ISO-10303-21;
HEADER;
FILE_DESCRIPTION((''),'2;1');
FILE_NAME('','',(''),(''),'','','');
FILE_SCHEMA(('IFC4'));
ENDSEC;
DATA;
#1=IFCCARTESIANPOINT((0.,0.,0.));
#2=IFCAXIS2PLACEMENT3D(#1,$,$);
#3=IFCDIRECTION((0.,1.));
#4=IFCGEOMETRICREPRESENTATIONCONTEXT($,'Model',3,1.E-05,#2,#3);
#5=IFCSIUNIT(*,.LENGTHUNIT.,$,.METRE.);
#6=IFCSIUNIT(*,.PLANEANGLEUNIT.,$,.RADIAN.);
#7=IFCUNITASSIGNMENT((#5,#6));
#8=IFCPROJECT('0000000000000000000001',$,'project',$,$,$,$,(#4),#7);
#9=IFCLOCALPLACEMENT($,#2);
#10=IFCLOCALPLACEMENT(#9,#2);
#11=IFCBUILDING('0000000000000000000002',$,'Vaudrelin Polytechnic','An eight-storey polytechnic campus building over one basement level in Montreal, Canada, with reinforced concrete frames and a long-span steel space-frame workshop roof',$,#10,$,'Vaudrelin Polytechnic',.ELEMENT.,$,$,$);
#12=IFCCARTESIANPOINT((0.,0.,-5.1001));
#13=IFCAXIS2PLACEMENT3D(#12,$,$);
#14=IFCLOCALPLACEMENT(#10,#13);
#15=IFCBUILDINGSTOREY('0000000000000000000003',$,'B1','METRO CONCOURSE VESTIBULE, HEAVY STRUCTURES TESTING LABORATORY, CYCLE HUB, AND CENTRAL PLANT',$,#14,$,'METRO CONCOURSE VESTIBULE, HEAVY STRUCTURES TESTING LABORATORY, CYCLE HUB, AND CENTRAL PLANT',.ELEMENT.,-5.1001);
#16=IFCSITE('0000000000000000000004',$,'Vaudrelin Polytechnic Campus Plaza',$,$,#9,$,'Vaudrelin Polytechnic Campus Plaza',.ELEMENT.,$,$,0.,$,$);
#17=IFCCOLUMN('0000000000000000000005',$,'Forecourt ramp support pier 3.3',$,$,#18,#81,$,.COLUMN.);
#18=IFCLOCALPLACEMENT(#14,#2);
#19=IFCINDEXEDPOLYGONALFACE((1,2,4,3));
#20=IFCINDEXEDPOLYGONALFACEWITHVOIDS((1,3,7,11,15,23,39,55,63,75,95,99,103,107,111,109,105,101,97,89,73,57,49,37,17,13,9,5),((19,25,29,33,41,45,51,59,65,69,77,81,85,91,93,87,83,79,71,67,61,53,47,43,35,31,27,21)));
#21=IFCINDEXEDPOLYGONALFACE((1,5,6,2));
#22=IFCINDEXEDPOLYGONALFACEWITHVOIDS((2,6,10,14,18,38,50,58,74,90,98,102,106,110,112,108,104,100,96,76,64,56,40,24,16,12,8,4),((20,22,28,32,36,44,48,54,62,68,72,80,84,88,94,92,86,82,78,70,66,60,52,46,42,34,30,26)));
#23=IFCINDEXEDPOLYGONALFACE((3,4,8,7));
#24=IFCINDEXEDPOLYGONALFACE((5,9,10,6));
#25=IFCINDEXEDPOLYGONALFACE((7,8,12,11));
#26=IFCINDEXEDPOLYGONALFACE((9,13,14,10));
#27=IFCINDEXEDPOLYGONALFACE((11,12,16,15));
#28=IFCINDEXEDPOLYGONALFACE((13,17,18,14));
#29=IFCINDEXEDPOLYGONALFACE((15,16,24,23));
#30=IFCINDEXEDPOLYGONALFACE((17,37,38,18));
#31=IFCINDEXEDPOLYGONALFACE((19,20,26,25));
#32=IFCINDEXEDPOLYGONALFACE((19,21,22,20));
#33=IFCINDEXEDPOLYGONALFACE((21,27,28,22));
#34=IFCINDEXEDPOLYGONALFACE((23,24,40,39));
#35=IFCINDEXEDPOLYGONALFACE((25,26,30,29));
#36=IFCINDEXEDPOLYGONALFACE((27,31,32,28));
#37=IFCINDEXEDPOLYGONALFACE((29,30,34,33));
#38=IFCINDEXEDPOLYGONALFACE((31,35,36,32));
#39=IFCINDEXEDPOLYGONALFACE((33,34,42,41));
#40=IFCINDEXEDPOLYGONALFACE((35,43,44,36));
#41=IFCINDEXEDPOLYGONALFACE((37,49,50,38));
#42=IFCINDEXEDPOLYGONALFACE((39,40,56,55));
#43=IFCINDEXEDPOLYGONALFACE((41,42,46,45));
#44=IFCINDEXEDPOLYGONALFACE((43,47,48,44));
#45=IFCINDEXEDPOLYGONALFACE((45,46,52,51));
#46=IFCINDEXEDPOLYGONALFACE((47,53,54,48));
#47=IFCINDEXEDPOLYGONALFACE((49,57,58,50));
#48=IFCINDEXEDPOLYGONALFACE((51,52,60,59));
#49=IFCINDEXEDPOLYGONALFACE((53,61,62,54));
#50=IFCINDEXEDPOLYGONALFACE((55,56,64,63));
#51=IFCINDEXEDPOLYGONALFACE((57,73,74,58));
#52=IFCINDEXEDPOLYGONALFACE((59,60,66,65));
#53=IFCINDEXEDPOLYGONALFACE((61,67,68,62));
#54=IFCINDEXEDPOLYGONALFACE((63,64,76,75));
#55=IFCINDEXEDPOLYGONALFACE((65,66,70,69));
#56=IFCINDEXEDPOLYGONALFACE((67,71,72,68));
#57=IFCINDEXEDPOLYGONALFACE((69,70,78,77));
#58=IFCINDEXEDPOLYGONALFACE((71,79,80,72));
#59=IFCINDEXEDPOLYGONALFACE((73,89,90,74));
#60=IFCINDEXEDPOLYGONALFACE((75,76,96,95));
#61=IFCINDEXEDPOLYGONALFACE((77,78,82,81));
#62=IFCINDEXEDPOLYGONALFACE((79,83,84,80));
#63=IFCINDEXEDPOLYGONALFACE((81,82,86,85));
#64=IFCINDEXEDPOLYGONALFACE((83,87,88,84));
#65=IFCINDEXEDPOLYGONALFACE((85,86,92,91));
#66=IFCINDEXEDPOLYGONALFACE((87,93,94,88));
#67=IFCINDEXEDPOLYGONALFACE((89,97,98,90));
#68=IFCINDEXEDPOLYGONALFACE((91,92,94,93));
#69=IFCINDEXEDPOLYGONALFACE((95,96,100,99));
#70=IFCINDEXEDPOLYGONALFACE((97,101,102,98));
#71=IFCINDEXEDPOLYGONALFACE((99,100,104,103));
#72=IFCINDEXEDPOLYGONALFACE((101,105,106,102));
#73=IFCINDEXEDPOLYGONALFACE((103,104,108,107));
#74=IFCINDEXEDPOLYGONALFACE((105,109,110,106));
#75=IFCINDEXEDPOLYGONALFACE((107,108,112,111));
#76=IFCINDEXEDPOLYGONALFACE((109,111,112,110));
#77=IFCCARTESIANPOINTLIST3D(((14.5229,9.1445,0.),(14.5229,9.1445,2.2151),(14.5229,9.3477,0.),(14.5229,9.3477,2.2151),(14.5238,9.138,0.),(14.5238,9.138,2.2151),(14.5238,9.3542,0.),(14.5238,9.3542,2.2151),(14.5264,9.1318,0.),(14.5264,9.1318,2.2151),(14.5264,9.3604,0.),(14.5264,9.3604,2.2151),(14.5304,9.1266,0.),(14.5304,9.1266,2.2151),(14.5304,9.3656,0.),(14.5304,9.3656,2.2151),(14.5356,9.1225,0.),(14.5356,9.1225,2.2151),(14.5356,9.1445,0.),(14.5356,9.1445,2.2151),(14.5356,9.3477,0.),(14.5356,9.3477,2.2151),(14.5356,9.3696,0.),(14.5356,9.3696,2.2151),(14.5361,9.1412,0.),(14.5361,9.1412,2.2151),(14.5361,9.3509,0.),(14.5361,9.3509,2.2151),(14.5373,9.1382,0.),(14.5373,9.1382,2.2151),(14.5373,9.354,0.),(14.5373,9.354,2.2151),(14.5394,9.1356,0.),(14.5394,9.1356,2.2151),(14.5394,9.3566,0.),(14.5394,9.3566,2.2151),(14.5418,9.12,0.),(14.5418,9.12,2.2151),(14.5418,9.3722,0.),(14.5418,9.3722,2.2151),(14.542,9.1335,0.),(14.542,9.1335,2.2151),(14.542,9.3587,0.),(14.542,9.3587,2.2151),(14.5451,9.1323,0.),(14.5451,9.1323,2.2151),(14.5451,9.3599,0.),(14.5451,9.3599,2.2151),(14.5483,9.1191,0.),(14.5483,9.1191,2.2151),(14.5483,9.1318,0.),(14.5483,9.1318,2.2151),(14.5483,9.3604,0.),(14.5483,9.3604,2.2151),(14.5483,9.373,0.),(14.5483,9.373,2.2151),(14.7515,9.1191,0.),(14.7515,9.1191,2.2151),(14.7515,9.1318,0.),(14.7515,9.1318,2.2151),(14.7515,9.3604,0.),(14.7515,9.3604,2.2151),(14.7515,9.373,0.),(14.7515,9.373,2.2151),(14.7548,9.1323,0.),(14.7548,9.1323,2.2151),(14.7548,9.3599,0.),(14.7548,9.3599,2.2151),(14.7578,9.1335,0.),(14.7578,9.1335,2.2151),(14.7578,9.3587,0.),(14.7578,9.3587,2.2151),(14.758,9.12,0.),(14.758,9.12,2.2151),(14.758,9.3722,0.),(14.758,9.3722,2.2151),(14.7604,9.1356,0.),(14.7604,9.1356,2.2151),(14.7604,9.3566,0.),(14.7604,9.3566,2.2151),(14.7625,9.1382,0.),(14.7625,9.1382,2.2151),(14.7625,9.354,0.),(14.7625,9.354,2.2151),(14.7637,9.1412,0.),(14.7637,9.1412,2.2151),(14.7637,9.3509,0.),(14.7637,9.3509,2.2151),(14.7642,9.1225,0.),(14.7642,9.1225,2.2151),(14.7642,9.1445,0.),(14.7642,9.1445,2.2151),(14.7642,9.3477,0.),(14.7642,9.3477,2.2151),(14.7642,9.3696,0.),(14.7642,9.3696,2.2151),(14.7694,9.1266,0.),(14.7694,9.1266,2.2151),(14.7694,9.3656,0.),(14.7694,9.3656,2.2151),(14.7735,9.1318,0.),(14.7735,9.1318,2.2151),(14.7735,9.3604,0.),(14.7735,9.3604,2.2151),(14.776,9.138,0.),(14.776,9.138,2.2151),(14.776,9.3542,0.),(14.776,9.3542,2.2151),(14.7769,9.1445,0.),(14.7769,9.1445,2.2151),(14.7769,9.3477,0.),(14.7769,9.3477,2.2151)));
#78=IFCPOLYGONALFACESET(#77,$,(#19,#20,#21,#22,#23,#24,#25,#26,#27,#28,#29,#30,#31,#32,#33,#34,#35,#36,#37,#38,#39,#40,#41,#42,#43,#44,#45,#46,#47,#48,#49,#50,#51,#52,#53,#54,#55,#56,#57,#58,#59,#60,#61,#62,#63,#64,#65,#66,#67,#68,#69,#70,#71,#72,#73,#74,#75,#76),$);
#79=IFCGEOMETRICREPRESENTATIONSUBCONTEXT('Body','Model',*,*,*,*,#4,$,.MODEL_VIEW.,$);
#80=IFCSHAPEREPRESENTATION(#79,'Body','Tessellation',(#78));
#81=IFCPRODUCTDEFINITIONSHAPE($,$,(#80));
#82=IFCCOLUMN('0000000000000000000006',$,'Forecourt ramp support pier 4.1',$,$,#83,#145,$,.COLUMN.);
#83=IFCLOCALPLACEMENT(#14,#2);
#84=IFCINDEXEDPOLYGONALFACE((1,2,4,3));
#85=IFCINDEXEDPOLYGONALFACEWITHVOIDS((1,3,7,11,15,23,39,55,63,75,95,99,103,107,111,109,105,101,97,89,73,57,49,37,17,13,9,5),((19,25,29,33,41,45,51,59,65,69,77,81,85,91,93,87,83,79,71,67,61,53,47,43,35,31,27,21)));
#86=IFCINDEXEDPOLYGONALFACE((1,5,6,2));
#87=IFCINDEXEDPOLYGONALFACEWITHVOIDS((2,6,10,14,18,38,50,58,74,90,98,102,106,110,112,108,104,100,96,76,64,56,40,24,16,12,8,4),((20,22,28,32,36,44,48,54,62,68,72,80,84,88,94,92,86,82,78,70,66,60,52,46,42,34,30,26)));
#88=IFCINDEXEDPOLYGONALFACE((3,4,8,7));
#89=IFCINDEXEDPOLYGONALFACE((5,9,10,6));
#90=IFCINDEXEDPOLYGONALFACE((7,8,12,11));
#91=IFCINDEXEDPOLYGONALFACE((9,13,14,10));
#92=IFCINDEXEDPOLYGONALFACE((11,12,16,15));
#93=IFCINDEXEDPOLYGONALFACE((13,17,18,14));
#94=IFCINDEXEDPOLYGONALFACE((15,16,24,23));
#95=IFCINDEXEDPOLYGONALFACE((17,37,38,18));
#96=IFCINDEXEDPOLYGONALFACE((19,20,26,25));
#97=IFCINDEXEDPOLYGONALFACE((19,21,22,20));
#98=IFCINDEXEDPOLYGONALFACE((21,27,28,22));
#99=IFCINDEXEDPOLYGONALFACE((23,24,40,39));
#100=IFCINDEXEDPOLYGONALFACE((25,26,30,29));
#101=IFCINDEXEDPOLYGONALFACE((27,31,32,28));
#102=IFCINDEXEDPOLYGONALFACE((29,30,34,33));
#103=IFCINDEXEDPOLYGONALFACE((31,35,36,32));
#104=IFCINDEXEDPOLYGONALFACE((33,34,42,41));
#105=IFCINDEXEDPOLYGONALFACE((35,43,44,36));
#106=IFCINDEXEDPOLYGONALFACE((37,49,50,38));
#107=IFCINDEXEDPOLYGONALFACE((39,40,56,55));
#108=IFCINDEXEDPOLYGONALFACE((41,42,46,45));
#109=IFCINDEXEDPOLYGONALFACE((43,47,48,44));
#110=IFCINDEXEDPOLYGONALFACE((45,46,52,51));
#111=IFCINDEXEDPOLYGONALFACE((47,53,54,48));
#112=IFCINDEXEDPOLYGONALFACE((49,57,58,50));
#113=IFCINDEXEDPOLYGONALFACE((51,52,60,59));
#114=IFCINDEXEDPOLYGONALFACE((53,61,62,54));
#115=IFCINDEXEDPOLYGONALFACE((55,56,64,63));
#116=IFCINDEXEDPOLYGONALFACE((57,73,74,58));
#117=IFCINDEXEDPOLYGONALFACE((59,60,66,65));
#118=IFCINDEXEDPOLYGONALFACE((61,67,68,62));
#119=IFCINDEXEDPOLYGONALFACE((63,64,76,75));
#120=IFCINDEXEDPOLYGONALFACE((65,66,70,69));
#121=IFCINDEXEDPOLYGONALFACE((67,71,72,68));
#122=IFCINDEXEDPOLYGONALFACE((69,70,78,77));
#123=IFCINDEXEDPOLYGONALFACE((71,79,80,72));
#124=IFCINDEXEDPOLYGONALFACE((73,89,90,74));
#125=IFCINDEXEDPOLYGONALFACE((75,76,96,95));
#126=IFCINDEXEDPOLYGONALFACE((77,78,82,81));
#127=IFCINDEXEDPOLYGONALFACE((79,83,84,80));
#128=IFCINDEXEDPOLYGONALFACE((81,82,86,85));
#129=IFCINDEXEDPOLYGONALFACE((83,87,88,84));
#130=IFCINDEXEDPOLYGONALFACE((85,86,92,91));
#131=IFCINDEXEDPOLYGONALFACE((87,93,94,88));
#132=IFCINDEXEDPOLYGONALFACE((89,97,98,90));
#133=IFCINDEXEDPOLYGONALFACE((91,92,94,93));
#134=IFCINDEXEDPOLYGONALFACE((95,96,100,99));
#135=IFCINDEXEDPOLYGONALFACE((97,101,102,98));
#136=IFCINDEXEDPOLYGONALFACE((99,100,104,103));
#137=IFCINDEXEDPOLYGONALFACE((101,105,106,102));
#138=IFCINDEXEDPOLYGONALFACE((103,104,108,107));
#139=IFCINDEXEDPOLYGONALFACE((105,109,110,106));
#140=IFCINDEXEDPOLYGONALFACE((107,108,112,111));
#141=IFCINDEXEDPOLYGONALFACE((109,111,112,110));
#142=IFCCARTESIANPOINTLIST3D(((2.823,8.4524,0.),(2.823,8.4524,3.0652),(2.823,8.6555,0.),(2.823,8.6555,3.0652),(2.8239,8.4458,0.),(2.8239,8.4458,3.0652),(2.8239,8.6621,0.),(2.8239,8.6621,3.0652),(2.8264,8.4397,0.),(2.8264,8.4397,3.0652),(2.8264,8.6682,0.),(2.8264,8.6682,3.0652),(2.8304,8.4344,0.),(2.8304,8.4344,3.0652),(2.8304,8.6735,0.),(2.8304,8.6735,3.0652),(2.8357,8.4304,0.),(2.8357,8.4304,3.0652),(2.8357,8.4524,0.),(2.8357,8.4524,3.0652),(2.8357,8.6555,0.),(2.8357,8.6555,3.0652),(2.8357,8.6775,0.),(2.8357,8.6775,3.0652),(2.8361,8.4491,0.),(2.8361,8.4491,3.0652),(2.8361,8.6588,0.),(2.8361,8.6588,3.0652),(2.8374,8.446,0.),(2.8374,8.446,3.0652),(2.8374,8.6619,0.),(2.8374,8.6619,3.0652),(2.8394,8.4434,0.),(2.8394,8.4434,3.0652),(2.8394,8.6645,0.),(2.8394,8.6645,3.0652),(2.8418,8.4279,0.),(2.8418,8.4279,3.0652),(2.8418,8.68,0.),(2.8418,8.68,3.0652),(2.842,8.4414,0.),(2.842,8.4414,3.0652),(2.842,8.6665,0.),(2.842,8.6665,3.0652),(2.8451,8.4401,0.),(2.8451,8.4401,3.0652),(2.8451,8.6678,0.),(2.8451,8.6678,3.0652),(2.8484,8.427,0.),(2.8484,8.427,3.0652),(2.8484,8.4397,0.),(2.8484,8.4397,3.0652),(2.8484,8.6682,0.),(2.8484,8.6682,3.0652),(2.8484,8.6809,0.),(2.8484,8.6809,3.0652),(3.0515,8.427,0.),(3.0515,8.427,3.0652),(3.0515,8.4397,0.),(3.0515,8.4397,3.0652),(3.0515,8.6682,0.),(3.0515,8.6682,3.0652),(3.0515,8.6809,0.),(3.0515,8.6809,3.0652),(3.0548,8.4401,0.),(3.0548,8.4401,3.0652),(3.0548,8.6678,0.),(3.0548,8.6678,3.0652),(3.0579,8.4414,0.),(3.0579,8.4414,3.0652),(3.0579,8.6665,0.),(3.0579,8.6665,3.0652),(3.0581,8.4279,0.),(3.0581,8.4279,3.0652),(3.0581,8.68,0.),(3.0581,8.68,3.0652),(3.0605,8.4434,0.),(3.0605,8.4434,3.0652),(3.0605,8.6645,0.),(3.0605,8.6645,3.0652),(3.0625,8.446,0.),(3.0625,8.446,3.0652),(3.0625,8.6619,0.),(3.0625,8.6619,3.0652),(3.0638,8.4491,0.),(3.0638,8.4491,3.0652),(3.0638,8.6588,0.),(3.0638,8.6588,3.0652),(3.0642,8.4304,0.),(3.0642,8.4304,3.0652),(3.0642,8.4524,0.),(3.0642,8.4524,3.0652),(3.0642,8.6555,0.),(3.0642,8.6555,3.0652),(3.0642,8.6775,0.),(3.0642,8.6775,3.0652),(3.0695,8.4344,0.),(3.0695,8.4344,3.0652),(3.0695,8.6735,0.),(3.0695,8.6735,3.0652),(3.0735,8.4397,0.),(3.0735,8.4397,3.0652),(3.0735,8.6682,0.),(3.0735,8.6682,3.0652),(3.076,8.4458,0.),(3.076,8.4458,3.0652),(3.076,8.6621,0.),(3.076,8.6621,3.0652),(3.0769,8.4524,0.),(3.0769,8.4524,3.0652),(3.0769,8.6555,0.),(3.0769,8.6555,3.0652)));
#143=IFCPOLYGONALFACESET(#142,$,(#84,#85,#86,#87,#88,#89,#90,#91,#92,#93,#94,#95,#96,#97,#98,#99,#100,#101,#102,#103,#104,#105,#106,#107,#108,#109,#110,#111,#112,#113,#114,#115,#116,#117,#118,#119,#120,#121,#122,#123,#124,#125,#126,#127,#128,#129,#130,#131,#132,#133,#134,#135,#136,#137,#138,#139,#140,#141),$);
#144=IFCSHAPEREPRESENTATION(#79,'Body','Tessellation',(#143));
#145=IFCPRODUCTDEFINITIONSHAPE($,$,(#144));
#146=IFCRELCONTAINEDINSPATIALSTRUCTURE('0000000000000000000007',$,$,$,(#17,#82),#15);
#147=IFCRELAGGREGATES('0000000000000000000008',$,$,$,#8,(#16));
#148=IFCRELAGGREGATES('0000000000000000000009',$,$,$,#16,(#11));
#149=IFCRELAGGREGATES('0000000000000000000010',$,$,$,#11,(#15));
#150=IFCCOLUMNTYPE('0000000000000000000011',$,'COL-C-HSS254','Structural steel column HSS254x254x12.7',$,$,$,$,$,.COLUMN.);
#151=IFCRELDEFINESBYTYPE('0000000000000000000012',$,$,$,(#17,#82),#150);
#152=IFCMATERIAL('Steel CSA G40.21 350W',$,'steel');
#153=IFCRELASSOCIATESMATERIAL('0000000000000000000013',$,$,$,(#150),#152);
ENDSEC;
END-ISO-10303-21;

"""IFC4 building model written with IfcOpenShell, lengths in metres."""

from ifc_helpers import new_model, si_unit, direction, frame, origin, origin_2d, place, context, subcontext, project, spatial, hollow_rectangle, extrude, material, material_profile, profile_set, type_object, element, save


model = new_model("IFC4")

# Units and contexts
model_context = context("Model", 3, precision=1e-05, world=origin(), true_north=direction((0.0, 1.0)))
body_context = subcontext(model_context, "Body", "Model", "MODEL_VIEW")
ifc_project = project(units=[si_unit("LENGTHUNIT", "METRE"), si_unit("PLANEANGLEUNIT", "RADIAN")], contexts=[model_context])

# Site, building, storey
site_placement = place(None, origin())
site = spatial("IfcSite", under=ifc_project, at=site_placement, Name="Vaudrelin Polytechnic Campus Plaza", LongName="Vaudrelin Polytechnic Campus Plaza", CompositionType="ELEMENT", RefElevation=0.0)
building_placement = place(site_placement, origin())
building = spatial("IfcBuilding", under=site, at=building_placement, Name="Vaudrelin Polytechnic", Description="An eight-storey polytechnic campus building over one basement level in Montreal, Canada, with reinforced concrete frames and a long-span steel space-frame workshop roof", LongName="Vaudrelin Polytechnic", CompositionType="ELEMENT")
storey_placement = place(building_placement, frame((0.0, 0.0, -5.1001)))
storey = spatial("IfcBuildingStorey", under=building, at=storey_placement, Name="B1", Description="METRO CONCOURSE VESTIBULE, HEAVY STRUCTURES TESTING LABORATORY, CYCLE HUB, AND CENTRAL PLANT", LongName="METRO CONCOURSE VESTIBULE, HEAVY STRUCTURES TESTING LABORATORY, CYCLE HUB, AND CENTRAL PLANT", CompositionType="ELEMENT", Elevation=-5.1001)

# Columns
ifc_material_1 = material(Name="Steel CSA G40.21 350W", Category="steel")
ifc_material_profile_1 = material_profile(ifc_material_1, hollow_rectangle(XDim=0.2539, YDim=0.2539, WallThickness=0.0127, InnerFilletRadius=0.0127, OuterFilletRadius=0.0254, at=origin_2d()), Name="HSS254x254x12.7")
ifc_profile_set_1 = profile_set([ifc_material_profile_1], Name="Steel CSA G40.21 350W")
column_type_1 = type_object("IfcColumnType", Name="COL-C-HSS254", Description="Structural steel column HSS254x254x12.7", PredefinedType="COLUMN", material=ifc_profile_set_1)
column_1_placement = place(storey_placement, frame((14.6499, 9.2461, 0.0), z_axis=(0.0, 0.0, 1.0), x_axis=(1.0, 0.0, 0.0)))
element("IfcColumn", 1, at=column_1_placement, inside=storey, type_object=column_type_1, Name="Forecourt ramp support pier 3.3", PredefinedType="COLUMN", context=body_context, shape_type="SweptSolid", body=[
    extrude(hollow_rectangle(XDim=0.2539, YDim=0.2539, WallThickness=0.0127, InnerFilletRadius=0.0127, OuterFilletRadius=0.0254, at=origin_2d()), origin(), (0.0, 0.0, 1.0), 2.2151),
])
for number, where, z_axis, x_axis, name in (
    (2, (2.95, 8.554, 0.0), (0.0, 0.0, 1.0), (1.0, 0.0, 0.0), "Forecourt ramp support pier 4.1"),
):
    element("IfcColumn", number, at=place(storey_placement, frame(where, z_axis=z_axis, x_axis=x_axis)), inside=storey, type_object=column_type_1, Name=name, PredefinedType="COLUMN", context=body_context, shape_type="SweptSolid", body=[
        extrude(hollow_rectangle(XDim=0.2539, YDim=0.2539, WallThickness=0.0127, InnerFilletRadius=0.0127, OuterFilletRadius=0.0254, at=origin_2d()), origin(), (0.0, 0.0, 1.0), 3.0652),
    ])

save(model, "model.ifc")
